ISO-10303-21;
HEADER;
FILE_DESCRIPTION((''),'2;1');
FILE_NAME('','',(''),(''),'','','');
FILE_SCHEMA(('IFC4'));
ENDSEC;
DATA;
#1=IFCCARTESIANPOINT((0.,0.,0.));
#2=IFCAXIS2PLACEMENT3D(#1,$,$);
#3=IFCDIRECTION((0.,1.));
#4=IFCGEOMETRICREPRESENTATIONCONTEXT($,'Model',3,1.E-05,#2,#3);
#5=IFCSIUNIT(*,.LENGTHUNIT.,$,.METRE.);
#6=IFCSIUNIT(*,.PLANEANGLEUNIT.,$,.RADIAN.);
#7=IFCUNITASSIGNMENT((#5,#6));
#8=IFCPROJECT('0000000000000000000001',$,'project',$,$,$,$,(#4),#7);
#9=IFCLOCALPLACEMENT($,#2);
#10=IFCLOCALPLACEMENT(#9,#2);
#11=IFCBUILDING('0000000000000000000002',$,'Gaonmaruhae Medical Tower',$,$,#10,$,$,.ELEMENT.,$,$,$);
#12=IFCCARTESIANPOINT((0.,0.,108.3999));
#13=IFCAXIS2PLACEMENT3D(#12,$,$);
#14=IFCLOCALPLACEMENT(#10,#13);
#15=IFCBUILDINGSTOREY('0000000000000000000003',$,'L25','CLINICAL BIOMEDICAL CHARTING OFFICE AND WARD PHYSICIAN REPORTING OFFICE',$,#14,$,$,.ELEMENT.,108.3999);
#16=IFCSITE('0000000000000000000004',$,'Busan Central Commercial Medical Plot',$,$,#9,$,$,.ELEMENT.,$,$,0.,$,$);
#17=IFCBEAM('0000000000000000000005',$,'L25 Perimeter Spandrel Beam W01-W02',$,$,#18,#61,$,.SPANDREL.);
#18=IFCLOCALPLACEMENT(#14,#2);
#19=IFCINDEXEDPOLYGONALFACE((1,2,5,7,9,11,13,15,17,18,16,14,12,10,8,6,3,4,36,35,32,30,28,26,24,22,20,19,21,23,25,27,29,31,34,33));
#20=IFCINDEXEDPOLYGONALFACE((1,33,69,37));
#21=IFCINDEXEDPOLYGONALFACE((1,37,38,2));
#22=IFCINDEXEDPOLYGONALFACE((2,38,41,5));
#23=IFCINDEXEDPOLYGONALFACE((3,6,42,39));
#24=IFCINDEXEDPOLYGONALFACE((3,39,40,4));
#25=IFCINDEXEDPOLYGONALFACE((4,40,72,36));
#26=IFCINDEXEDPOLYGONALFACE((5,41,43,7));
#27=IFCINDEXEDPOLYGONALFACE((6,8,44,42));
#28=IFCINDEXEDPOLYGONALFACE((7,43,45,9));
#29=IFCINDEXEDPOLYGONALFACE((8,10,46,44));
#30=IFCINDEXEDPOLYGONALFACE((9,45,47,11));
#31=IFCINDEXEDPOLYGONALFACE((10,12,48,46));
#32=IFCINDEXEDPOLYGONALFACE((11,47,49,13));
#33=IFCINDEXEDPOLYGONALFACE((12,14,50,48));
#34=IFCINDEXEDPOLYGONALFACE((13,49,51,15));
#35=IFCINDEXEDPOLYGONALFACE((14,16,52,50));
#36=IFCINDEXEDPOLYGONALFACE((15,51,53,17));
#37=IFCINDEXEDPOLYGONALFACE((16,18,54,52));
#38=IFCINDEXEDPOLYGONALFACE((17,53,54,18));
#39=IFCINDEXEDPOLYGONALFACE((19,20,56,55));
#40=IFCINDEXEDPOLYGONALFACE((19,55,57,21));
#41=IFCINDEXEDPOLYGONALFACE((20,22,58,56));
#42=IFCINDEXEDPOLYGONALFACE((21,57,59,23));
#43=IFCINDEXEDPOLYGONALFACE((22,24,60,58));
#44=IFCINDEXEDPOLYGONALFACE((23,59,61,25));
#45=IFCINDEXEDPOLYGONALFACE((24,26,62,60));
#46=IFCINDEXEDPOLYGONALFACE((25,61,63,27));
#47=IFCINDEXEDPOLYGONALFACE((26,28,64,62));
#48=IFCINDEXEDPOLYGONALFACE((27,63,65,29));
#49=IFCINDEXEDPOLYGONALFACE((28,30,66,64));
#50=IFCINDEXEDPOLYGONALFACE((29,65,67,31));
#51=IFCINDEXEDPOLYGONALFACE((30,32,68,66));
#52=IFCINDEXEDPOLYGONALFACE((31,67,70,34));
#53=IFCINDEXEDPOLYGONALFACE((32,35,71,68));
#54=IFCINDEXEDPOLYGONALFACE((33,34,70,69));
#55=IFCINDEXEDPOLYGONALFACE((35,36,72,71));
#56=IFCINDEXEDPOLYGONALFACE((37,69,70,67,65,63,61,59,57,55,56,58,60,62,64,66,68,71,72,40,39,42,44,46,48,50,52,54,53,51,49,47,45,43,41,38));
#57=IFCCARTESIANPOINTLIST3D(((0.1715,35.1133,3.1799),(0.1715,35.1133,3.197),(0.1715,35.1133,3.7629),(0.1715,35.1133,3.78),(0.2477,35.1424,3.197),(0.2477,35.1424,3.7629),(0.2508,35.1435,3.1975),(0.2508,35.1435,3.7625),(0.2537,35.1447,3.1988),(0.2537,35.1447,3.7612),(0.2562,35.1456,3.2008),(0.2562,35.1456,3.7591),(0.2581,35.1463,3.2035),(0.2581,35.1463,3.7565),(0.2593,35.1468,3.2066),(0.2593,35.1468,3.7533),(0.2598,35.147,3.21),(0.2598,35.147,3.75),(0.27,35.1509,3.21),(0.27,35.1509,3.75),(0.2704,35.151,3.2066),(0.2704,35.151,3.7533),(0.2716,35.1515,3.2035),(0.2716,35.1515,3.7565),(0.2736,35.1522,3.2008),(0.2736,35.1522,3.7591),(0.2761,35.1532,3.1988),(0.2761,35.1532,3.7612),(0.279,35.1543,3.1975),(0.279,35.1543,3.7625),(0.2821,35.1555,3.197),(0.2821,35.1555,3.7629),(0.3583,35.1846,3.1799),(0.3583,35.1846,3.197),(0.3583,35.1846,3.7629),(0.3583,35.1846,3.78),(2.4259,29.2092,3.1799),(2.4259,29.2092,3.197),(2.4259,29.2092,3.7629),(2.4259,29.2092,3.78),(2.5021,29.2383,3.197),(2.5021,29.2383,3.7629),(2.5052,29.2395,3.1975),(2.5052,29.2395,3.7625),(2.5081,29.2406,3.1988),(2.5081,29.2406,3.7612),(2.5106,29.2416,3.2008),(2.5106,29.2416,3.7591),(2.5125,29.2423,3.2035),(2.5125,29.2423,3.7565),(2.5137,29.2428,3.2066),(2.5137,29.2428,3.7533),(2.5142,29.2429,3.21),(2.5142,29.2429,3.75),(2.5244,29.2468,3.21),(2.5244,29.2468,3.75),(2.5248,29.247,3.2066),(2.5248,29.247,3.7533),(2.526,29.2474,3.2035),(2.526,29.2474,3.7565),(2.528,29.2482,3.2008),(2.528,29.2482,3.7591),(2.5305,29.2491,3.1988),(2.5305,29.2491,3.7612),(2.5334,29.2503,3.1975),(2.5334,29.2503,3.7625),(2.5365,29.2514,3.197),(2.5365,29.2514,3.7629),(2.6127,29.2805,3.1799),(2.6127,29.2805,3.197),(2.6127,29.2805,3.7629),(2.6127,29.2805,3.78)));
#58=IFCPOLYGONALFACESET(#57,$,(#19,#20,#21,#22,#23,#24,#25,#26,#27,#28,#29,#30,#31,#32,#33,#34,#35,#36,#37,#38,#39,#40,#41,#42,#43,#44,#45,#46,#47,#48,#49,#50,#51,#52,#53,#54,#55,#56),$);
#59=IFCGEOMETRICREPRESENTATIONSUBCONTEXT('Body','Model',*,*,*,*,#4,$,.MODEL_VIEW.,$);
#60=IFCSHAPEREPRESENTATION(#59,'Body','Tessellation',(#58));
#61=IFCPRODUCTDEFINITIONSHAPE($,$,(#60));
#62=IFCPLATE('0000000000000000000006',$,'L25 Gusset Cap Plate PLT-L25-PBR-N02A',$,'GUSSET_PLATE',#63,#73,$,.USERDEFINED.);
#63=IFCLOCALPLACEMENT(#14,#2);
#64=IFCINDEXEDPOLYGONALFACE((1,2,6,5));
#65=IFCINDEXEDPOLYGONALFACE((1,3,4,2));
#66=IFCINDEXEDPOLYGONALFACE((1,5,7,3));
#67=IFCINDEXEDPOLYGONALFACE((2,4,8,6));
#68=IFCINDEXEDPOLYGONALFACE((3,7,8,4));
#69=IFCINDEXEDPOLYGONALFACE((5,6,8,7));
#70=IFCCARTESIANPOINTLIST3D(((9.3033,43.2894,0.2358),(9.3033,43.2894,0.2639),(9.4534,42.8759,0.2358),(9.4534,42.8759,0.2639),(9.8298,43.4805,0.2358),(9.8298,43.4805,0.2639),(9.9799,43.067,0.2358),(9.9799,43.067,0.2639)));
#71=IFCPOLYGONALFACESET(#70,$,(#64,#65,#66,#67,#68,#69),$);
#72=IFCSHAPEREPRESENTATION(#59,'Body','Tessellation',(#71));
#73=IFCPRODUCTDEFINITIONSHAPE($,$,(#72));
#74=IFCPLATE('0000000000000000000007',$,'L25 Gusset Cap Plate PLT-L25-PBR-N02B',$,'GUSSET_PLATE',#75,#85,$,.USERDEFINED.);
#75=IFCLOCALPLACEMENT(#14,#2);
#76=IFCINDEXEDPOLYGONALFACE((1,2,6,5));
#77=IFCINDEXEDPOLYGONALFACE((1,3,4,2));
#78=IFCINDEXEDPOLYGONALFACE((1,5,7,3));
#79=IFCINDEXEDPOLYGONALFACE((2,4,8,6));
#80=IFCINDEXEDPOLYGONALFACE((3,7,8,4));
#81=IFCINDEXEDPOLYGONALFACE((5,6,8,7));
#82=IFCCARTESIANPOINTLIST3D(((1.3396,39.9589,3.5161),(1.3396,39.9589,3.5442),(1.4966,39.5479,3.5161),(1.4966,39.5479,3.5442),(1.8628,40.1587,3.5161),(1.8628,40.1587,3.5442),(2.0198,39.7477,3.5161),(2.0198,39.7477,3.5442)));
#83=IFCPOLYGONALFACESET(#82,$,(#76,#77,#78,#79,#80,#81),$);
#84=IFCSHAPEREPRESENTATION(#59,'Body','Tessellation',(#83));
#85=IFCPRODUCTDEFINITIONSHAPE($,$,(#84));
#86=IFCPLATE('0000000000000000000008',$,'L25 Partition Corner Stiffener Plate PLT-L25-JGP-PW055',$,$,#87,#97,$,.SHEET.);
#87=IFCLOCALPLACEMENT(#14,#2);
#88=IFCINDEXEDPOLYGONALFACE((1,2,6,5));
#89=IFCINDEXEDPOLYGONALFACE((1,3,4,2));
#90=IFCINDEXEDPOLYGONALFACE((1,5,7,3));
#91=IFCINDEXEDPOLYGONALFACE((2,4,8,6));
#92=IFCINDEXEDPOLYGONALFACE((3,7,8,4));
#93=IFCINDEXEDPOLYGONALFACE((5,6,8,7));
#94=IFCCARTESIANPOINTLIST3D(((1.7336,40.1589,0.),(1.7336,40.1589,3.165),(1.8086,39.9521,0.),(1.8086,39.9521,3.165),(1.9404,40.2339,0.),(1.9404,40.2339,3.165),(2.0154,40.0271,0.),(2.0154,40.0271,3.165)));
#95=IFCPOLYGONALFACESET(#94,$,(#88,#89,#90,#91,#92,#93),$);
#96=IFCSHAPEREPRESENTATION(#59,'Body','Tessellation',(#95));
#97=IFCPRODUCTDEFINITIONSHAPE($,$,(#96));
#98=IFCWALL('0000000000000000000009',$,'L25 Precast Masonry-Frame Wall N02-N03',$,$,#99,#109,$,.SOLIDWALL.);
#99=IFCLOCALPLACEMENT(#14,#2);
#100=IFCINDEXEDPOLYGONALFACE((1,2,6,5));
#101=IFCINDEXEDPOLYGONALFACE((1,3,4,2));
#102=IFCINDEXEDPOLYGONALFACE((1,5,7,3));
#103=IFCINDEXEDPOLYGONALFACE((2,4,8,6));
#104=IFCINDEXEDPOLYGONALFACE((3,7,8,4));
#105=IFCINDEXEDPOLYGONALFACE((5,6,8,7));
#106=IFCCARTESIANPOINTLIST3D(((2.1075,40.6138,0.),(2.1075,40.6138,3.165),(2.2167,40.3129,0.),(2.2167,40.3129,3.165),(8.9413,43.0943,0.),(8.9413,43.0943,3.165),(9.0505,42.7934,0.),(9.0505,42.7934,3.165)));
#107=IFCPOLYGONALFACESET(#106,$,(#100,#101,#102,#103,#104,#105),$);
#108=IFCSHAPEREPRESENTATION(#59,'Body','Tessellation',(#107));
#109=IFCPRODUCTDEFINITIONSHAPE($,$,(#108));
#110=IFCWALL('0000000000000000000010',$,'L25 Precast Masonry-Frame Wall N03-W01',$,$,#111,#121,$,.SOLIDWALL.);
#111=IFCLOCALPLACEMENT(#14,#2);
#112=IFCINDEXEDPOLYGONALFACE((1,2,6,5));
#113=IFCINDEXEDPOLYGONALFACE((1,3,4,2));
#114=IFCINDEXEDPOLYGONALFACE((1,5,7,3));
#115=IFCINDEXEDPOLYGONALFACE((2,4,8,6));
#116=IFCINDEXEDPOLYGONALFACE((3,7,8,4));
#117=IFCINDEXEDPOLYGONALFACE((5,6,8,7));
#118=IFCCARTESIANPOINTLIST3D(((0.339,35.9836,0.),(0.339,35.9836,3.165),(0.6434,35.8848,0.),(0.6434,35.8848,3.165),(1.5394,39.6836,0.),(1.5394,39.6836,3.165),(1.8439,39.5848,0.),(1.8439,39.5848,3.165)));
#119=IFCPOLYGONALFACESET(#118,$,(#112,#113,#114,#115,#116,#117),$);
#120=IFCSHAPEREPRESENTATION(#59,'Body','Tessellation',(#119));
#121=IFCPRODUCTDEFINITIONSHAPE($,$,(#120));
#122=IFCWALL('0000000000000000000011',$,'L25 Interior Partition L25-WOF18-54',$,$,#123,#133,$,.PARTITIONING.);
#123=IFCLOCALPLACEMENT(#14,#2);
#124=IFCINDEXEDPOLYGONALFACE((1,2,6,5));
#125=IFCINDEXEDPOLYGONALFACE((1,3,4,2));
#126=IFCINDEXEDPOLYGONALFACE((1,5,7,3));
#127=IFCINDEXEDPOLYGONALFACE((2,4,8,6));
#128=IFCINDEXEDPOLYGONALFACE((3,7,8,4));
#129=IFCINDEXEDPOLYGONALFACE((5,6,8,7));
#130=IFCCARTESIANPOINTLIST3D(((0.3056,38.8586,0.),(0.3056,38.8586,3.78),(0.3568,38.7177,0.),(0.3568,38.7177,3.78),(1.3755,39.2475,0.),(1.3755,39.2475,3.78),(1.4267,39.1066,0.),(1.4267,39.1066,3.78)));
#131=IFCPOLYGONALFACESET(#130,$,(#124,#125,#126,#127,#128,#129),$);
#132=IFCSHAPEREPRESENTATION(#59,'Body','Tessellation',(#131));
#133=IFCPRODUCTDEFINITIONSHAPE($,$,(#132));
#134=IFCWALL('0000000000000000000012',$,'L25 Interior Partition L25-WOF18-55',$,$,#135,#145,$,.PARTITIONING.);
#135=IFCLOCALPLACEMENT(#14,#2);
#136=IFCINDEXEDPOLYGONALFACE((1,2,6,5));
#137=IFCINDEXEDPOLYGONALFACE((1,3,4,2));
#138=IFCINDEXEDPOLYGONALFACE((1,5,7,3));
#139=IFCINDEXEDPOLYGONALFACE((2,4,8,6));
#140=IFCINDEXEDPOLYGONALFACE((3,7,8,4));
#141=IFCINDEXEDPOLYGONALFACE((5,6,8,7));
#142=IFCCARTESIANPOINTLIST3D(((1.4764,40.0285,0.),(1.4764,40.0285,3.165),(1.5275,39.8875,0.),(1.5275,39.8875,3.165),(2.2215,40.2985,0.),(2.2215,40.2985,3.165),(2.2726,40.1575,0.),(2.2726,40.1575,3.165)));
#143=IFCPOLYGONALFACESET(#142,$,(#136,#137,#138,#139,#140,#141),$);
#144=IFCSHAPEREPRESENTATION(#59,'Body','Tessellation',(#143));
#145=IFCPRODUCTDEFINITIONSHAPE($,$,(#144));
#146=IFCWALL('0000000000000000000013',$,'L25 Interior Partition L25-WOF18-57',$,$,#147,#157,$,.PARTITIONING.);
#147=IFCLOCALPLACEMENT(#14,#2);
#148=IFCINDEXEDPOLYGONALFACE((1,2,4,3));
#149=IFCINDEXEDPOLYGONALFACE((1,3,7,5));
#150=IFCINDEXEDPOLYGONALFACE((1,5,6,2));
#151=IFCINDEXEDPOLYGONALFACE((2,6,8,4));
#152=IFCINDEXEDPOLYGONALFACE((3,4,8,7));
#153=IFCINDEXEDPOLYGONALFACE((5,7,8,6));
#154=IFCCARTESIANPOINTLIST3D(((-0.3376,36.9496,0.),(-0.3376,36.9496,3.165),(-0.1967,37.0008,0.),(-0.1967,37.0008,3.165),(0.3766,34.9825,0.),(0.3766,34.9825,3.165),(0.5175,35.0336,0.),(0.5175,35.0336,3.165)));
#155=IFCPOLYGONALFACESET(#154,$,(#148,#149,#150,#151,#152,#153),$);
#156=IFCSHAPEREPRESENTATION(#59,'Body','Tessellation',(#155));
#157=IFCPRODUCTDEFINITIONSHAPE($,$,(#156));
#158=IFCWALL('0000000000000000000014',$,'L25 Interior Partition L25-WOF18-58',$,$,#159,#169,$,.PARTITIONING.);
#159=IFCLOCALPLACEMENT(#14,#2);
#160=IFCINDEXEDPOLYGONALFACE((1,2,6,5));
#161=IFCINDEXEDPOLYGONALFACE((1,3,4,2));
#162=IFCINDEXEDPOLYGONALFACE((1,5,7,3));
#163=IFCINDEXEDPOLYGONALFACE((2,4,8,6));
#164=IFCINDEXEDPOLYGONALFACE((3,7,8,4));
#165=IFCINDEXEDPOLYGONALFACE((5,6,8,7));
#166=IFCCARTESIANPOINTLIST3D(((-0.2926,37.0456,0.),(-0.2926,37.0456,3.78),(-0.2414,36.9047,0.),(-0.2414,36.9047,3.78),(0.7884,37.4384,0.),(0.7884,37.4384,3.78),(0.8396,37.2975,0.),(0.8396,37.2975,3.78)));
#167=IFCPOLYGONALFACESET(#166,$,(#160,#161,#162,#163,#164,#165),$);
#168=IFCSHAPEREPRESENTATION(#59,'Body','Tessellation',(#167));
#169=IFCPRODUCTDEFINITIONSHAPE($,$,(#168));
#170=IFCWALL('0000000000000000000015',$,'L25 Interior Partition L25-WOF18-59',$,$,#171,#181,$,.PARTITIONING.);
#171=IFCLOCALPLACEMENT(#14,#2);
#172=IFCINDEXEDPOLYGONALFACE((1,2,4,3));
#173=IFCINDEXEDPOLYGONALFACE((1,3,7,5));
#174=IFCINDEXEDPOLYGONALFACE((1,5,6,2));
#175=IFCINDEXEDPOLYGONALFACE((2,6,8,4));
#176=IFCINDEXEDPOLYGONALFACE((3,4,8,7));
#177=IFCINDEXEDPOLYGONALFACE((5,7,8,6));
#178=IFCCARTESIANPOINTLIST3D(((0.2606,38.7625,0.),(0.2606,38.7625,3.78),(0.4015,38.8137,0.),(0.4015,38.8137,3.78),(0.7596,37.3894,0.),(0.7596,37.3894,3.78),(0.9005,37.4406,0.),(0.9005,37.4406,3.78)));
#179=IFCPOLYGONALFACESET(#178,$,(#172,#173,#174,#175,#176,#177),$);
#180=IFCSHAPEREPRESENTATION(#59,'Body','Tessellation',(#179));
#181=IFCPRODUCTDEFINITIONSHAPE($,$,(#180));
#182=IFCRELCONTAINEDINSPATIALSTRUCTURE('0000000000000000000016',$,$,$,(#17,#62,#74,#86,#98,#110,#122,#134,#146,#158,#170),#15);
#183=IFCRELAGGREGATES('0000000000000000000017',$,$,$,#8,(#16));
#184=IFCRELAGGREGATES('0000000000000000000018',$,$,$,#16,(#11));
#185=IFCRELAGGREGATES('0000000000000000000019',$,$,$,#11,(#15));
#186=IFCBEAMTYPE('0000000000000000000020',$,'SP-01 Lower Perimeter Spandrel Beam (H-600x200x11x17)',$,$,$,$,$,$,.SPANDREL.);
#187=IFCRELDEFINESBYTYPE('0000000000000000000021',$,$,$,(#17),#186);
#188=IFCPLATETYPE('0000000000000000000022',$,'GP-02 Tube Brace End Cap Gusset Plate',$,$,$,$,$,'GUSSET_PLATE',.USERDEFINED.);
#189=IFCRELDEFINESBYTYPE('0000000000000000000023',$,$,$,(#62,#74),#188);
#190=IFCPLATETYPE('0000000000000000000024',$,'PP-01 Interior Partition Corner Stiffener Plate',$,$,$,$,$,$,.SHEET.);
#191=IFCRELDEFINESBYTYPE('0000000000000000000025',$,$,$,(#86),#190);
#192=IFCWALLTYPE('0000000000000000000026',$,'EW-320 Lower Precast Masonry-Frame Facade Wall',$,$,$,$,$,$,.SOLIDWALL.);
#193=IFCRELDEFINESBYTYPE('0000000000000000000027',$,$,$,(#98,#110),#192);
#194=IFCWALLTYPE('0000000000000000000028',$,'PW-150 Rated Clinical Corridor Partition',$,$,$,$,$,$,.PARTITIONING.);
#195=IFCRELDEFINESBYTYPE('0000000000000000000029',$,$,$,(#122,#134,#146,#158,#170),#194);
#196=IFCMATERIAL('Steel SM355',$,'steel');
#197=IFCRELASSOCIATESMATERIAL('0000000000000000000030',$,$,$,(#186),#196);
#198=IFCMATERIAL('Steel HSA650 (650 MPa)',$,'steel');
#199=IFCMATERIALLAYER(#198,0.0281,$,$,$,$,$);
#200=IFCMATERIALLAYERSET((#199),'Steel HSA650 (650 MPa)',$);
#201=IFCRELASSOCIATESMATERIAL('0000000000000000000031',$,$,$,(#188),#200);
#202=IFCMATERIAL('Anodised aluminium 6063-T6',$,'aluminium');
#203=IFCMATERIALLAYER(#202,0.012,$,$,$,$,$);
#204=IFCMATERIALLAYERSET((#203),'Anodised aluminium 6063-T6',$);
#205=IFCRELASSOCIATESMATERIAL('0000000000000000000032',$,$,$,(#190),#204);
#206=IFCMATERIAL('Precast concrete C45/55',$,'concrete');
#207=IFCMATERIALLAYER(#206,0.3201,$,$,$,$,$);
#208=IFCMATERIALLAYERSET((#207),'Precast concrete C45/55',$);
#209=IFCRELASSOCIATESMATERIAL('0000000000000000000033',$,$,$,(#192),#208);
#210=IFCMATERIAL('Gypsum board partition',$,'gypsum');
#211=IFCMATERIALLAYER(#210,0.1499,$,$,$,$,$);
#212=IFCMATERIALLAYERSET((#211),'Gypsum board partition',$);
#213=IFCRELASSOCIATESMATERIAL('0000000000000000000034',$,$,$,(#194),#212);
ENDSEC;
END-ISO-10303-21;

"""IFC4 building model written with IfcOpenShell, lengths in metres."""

from ifc_helpers import new_model, si_unit, direction, frame, frame_2d, origin, origin_2d, place, context, subcontext, project, spatial, rectangle, i_section, extrude, material, layer, layer_set, material_profile, profile_set, type_object, element, save


model = new_model("IFC4")

# Units and contexts
model_context = context("Model", 3, precision=1e-05, world=origin(), true_north=direction((0.0, 1.0)))
body_context = subcontext(model_context, "Body", "Model", "MODEL_VIEW")
ifc_project = project(units=[si_unit("LENGTHUNIT", "METRE"), si_unit("PLANEANGLEUNIT", "RADIAN")], contexts=[model_context])

# Site, building, storey
site_placement = place(None, origin())
site = spatial("IfcSite", under=ifc_project, at=site_placement, Name="Busan Central Commercial Medical Plot", CompositionType="ELEMENT", RefElevation=0.0)
building_placement = place(site_placement, origin())
building = spatial("IfcBuilding", under=site, at=building_placement, Name="Gaonmaruhae Medical Tower", CompositionType="ELEMENT")
storey_placement = place(building_placement, frame((0.0, 0.0, 108.3999)))
storey = spatial("IfcBuildingStorey", under=building, at=storey_placement, Name="L25", Description="CLINICAL BIOMEDICAL CHARTING OFFICE AND WARD PHYSICIAN REPORTING OFFICE", CompositionType="ELEMENT", Elevation=108.3999)

# Beam
ifc_material_1 = material(Name="Steel SM355", Category="steel")
ifc_material_profile_1 = material_profile(ifc_material_1, i_section(OverallWidth=0.2, OverallDepth=0.6001, WebThickness=0.011, FlangeThickness=0.0171, FilletRadius=0.0129, at=origin_2d()), Name="H-600x200x11x17")
ifc_profile_set_1 = profile_set([ifc_material_profile_1], Name="Steel SM355")
beam_type = type_object("IfcBeamType", Name="SP-01 Lower Perimeter Spandrel Beam (H-600x200x11x17)", PredefinedType="SPANDREL", material=ifc_profile_set_1)
beam_1_placement = place(storey_placement, frame((0.2649, 35.1489, 3.48), z_axis=(0.356718, -0.934212, 0.0), x_axis=(0.934212, 0.356718, 0.0)))
element("IfcBeam", 1, at=beam_1_placement, inside=storey, type_object=beam_type, Name="L25 Perimeter Spandrel Beam W01-W02", PredefinedType="SPANDREL", context=body_context, shape_type="SweptSolid", body=[
    extrude(i_section(OverallWidth=0.2, OverallDepth=0.6001, WebThickness=0.011, FlangeThickness=0.0171, FilletRadius=0.0129, at=origin_2d()), origin(), (0.0, 0.0, 1.0), 6.3198),
])

# Plates
ifc_material_2 = material(Name="Steel HSA650 (650 MPa)", Category="steel")
ifc_layer_1 = layer(ifc_material_2, 0.0281)
ifc_layer_set_1 = layer_set([ifc_layer_1], Name="Steel HSA650 (650 MPa)")
plate_type_1 = type_object("IfcPlateType", Name="GP-02 Tube Brace End Cap Gusset Plate", ElementType="GUSSET_PLATE", PredefinedType="USERDEFINED", material=ifc_layer_set_1)
for number, where, z_axis, x_axis, name in (
    (2, (9.6416, 43.1782, 0.2358), (0.0, 0.0, 1.0), (0.939991, 0.3412, 0.0), "L25 Gusset Cap Plate PLT-L25-PBR-N02A"),
    (3, (1.6797, 39.8533, 3.5161), (0.0, 0.0, 1.0), (0.934204, 0.356738, 0.0), "L25 Gusset Cap Plate PLT-L25-PBR-N02B"),
):
    element("IfcPlate", number, at=place(storey_placement, frame(where, z_axis=z_axis, x_axis=x_axis)), inside=storey, type_object=plate_type_1, Name=name, ObjectType="GUSSET_PLATE", PredefinedType="USERDEFINED", context=body_context, shape_type="SweptSolid", body=[
        extrude(rectangle(XDim=0.5601, YDim=0.4399, at=origin_2d()), origin(), (0.0, 0.0, 1.0), 0.0281),
    ])
ifc_material_3 = material(Name="Anodised aluminium 6063-T6", Category="aluminium")
ifc_layer_2 = layer(ifc_material_3, 0.012)
ifc_layer_set_2 = layer_set([ifc_layer_2], Name="Anodised aluminium 6063-T6")
plate_type_2 = type_object("IfcPlateType", Name="PP-01 Interior Partition Corner Stiffener Plate", PredefinedType="SHEET", material=ifc_layer_set_2)
plate_placement = place(storey_placement, frame((1.8745, 40.093, 0.0), z_axis=(0.0, 0.0, 1.0), x_axis=(0.940163, 0.340724, 0.0)))
element("IfcPlate", 4, at=plate_placement, inside=storey, type_object=plate_type_2, Name="L25 Partition Corner Stiffener Plate PLT-L25-JGP-PW055", PredefinedType="SHEET", context=body_context, shape_type="SweptSolid", body=[
    extrude(rectangle(XDim=0.22, YDim=0.22, at=origin_2d()), origin(), (0.0, 0.0, 1.0), 3.165),
])

# Walls
ifc_material_4 = material(Name="Precast concrete C45/55", Category="concrete")
ifc_layer_3 = layer(ifc_material_4, 0.3201)
ifc_layer_set_3 = layer_set([ifc_layer_3], Name="Precast concrete C45/55")
wall_type_1 = type_object("IfcWallType", Name="EW-320 Lower Precast Masonry-Frame Facade Wall", PredefinedType="SOLIDWALL", material=ifc_layer_set_3)
wall_1_placement = place(storey_placement, frame((2.1621, 40.4634, 0.0), z_axis=(0.0, 0.0, 1.0), x_axis=(0.939993, 0.341193, 0.0)))
element("IfcWall", 5, at=wall_1_placement, inside=storey, type_object=wall_type_1, Name="L25 Precast Masonry-Frame Wall N02-N03", PredefinedType="SOLIDWALL", context=body_context, shape_type="SweptSolid", body=[
    extrude(rectangle(XDim=7.27, YDim=0.3201, at=frame_2d((3.635, 0.0))), origin(), (0.0, 0.0, 1.0), 3.165),
])
wall_2_placement = place(storey_placement, frame((0.4912, 35.9343, 0.0), z_axis=(0.0, 0.0, 1.0), x_axis=(0.308611, 0.951188, 0.0)))
element("IfcWall", 6, at=wall_2_placement, inside=storey, type_object=wall_type_1, Name="L25 Precast Masonry-Frame Wall N03-W01", PredefinedType="SOLIDWALL", context=body_context, shape_type="SweptSolid", body=[
    extrude(rectangle(XDim=3.8899, YDim=0.3201, at=frame_2d((1.9448, 0.0))), origin(), (0.0, 0.0, 1.0), 3.165),
])
ifc_material_5 = material(Name="Gypsum board partition", Category="gypsum")
ifc_layer_4 = layer(ifc_material_5, 0.1499)
ifc_layer_set_4 = layer_set([ifc_layer_4], Name="Gypsum board partition")
wall_type_2 = type_object("IfcWallType", Name="PW-150 Rated Clinical Corridor Partition", PredefinedType="PARTITIONING", material=ifc_layer_set_4)
wall_3_placement = place(storey_placement, frame((0.3311, 38.7881, 0.0), z_axis=(0.0, 0.0, 1.0), x_axis=(0.939825, 0.341657, 0.0)))
element("IfcWall", 7, at=wall_3_placement, inside=storey, type_object=wall_type_2, Name="L25 Interior Partition L25-WOF18-54", PredefinedType="PARTITIONING", context=body_context, shape_type="SweptSolid", body=[
    extrude(rectangle(XDim=1.1384, YDim=0.1499, at=frame_2d((0.5693, 0.0))), origin(), (0.0, 0.0, 1.0), 3.78),
])
wall_4_placement = place(storey_placement, frame((1.502, 39.958, 0.0), z_axis=(0.0, 0.0, 1.0), x_axis=(0.940171, 0.340704, 0.0)))
element("IfcWall", 8, at=wall_4_placement, inside=storey, type_object=wall_type_2, Name="L25 Interior Partition L25-WOF18-55", PredefinedType="PARTITIONING", context=body_context, shape_type="SweptSolid", body=[
    extrude(rectangle(XDim=0.7925, YDim=0.1499, at=frame_2d((0.3962, 0.0))), origin(), (0.0, 0.0, 1.0), 3.165),
])

# Walls
wall_5_placement = place(storey_placement, frame((0.447, 35.0081, 0.0), z_axis=(0.0, 0.0, 1.0), x_axis=(-0.341247, 0.939974, 0.0)))
element("IfcWall", 9, at=wall_5_placement, inside=storey, type_object=wall_type_2, Name="L25 Interior Partition L25-WOF18-57", PredefinedType="PARTITIONING", context=body_context, shape_type="SweptSolid", body=[
    extrude(rectangle(XDim=2.0928, YDim=0.1499, at=frame_2d((1.0464, 0.0))), origin(), (0.0, 0.0, 1.0), 3.165),
])
wall_6_placement = place(storey_placement, frame((-0.2671, 36.9751, 0.0), z_axis=(0.0, 0.0, 1.0), x_axis=(0.939874, 0.341522, 0.0)))
element("IfcWall", 10, at=wall_6_placement, inside=storey, type_object=wall_type_2, Name="L25 Interior Partition L25-WOF18-58", PredefinedType="PARTITIONING", context=body_context, shape_type="SweptSolid", body=[
    extrude(rectangle(XDim=1.1501, YDim=0.1499, at=frame_2d((0.5752, 0.0))), origin(), (0.0, 0.0, 1.0), 3.78),
])
wall_7_placement = place(storey_placement, frame((0.8301, 37.415, 0.0), z_axis=(0.0, 0.0, 1.0), x_axis=(-0.341582, 0.939852, 0.0)))
element("IfcWall", 11, at=wall_7_placement, inside=storey, type_object=wall_type_2, Name="L25 Interior Partition L25-WOF18-59", PredefinedType="PARTITIONING", context=body_context, shape_type="SweptSolid", body=[
    extrude(rectangle(XDim=1.4609, YDim=0.1499, at=frame_2d((0.7305, 0.0))), origin(), (0.0, 0.0, 1.0), 3.78),
])

save(model, "model.ifc")
